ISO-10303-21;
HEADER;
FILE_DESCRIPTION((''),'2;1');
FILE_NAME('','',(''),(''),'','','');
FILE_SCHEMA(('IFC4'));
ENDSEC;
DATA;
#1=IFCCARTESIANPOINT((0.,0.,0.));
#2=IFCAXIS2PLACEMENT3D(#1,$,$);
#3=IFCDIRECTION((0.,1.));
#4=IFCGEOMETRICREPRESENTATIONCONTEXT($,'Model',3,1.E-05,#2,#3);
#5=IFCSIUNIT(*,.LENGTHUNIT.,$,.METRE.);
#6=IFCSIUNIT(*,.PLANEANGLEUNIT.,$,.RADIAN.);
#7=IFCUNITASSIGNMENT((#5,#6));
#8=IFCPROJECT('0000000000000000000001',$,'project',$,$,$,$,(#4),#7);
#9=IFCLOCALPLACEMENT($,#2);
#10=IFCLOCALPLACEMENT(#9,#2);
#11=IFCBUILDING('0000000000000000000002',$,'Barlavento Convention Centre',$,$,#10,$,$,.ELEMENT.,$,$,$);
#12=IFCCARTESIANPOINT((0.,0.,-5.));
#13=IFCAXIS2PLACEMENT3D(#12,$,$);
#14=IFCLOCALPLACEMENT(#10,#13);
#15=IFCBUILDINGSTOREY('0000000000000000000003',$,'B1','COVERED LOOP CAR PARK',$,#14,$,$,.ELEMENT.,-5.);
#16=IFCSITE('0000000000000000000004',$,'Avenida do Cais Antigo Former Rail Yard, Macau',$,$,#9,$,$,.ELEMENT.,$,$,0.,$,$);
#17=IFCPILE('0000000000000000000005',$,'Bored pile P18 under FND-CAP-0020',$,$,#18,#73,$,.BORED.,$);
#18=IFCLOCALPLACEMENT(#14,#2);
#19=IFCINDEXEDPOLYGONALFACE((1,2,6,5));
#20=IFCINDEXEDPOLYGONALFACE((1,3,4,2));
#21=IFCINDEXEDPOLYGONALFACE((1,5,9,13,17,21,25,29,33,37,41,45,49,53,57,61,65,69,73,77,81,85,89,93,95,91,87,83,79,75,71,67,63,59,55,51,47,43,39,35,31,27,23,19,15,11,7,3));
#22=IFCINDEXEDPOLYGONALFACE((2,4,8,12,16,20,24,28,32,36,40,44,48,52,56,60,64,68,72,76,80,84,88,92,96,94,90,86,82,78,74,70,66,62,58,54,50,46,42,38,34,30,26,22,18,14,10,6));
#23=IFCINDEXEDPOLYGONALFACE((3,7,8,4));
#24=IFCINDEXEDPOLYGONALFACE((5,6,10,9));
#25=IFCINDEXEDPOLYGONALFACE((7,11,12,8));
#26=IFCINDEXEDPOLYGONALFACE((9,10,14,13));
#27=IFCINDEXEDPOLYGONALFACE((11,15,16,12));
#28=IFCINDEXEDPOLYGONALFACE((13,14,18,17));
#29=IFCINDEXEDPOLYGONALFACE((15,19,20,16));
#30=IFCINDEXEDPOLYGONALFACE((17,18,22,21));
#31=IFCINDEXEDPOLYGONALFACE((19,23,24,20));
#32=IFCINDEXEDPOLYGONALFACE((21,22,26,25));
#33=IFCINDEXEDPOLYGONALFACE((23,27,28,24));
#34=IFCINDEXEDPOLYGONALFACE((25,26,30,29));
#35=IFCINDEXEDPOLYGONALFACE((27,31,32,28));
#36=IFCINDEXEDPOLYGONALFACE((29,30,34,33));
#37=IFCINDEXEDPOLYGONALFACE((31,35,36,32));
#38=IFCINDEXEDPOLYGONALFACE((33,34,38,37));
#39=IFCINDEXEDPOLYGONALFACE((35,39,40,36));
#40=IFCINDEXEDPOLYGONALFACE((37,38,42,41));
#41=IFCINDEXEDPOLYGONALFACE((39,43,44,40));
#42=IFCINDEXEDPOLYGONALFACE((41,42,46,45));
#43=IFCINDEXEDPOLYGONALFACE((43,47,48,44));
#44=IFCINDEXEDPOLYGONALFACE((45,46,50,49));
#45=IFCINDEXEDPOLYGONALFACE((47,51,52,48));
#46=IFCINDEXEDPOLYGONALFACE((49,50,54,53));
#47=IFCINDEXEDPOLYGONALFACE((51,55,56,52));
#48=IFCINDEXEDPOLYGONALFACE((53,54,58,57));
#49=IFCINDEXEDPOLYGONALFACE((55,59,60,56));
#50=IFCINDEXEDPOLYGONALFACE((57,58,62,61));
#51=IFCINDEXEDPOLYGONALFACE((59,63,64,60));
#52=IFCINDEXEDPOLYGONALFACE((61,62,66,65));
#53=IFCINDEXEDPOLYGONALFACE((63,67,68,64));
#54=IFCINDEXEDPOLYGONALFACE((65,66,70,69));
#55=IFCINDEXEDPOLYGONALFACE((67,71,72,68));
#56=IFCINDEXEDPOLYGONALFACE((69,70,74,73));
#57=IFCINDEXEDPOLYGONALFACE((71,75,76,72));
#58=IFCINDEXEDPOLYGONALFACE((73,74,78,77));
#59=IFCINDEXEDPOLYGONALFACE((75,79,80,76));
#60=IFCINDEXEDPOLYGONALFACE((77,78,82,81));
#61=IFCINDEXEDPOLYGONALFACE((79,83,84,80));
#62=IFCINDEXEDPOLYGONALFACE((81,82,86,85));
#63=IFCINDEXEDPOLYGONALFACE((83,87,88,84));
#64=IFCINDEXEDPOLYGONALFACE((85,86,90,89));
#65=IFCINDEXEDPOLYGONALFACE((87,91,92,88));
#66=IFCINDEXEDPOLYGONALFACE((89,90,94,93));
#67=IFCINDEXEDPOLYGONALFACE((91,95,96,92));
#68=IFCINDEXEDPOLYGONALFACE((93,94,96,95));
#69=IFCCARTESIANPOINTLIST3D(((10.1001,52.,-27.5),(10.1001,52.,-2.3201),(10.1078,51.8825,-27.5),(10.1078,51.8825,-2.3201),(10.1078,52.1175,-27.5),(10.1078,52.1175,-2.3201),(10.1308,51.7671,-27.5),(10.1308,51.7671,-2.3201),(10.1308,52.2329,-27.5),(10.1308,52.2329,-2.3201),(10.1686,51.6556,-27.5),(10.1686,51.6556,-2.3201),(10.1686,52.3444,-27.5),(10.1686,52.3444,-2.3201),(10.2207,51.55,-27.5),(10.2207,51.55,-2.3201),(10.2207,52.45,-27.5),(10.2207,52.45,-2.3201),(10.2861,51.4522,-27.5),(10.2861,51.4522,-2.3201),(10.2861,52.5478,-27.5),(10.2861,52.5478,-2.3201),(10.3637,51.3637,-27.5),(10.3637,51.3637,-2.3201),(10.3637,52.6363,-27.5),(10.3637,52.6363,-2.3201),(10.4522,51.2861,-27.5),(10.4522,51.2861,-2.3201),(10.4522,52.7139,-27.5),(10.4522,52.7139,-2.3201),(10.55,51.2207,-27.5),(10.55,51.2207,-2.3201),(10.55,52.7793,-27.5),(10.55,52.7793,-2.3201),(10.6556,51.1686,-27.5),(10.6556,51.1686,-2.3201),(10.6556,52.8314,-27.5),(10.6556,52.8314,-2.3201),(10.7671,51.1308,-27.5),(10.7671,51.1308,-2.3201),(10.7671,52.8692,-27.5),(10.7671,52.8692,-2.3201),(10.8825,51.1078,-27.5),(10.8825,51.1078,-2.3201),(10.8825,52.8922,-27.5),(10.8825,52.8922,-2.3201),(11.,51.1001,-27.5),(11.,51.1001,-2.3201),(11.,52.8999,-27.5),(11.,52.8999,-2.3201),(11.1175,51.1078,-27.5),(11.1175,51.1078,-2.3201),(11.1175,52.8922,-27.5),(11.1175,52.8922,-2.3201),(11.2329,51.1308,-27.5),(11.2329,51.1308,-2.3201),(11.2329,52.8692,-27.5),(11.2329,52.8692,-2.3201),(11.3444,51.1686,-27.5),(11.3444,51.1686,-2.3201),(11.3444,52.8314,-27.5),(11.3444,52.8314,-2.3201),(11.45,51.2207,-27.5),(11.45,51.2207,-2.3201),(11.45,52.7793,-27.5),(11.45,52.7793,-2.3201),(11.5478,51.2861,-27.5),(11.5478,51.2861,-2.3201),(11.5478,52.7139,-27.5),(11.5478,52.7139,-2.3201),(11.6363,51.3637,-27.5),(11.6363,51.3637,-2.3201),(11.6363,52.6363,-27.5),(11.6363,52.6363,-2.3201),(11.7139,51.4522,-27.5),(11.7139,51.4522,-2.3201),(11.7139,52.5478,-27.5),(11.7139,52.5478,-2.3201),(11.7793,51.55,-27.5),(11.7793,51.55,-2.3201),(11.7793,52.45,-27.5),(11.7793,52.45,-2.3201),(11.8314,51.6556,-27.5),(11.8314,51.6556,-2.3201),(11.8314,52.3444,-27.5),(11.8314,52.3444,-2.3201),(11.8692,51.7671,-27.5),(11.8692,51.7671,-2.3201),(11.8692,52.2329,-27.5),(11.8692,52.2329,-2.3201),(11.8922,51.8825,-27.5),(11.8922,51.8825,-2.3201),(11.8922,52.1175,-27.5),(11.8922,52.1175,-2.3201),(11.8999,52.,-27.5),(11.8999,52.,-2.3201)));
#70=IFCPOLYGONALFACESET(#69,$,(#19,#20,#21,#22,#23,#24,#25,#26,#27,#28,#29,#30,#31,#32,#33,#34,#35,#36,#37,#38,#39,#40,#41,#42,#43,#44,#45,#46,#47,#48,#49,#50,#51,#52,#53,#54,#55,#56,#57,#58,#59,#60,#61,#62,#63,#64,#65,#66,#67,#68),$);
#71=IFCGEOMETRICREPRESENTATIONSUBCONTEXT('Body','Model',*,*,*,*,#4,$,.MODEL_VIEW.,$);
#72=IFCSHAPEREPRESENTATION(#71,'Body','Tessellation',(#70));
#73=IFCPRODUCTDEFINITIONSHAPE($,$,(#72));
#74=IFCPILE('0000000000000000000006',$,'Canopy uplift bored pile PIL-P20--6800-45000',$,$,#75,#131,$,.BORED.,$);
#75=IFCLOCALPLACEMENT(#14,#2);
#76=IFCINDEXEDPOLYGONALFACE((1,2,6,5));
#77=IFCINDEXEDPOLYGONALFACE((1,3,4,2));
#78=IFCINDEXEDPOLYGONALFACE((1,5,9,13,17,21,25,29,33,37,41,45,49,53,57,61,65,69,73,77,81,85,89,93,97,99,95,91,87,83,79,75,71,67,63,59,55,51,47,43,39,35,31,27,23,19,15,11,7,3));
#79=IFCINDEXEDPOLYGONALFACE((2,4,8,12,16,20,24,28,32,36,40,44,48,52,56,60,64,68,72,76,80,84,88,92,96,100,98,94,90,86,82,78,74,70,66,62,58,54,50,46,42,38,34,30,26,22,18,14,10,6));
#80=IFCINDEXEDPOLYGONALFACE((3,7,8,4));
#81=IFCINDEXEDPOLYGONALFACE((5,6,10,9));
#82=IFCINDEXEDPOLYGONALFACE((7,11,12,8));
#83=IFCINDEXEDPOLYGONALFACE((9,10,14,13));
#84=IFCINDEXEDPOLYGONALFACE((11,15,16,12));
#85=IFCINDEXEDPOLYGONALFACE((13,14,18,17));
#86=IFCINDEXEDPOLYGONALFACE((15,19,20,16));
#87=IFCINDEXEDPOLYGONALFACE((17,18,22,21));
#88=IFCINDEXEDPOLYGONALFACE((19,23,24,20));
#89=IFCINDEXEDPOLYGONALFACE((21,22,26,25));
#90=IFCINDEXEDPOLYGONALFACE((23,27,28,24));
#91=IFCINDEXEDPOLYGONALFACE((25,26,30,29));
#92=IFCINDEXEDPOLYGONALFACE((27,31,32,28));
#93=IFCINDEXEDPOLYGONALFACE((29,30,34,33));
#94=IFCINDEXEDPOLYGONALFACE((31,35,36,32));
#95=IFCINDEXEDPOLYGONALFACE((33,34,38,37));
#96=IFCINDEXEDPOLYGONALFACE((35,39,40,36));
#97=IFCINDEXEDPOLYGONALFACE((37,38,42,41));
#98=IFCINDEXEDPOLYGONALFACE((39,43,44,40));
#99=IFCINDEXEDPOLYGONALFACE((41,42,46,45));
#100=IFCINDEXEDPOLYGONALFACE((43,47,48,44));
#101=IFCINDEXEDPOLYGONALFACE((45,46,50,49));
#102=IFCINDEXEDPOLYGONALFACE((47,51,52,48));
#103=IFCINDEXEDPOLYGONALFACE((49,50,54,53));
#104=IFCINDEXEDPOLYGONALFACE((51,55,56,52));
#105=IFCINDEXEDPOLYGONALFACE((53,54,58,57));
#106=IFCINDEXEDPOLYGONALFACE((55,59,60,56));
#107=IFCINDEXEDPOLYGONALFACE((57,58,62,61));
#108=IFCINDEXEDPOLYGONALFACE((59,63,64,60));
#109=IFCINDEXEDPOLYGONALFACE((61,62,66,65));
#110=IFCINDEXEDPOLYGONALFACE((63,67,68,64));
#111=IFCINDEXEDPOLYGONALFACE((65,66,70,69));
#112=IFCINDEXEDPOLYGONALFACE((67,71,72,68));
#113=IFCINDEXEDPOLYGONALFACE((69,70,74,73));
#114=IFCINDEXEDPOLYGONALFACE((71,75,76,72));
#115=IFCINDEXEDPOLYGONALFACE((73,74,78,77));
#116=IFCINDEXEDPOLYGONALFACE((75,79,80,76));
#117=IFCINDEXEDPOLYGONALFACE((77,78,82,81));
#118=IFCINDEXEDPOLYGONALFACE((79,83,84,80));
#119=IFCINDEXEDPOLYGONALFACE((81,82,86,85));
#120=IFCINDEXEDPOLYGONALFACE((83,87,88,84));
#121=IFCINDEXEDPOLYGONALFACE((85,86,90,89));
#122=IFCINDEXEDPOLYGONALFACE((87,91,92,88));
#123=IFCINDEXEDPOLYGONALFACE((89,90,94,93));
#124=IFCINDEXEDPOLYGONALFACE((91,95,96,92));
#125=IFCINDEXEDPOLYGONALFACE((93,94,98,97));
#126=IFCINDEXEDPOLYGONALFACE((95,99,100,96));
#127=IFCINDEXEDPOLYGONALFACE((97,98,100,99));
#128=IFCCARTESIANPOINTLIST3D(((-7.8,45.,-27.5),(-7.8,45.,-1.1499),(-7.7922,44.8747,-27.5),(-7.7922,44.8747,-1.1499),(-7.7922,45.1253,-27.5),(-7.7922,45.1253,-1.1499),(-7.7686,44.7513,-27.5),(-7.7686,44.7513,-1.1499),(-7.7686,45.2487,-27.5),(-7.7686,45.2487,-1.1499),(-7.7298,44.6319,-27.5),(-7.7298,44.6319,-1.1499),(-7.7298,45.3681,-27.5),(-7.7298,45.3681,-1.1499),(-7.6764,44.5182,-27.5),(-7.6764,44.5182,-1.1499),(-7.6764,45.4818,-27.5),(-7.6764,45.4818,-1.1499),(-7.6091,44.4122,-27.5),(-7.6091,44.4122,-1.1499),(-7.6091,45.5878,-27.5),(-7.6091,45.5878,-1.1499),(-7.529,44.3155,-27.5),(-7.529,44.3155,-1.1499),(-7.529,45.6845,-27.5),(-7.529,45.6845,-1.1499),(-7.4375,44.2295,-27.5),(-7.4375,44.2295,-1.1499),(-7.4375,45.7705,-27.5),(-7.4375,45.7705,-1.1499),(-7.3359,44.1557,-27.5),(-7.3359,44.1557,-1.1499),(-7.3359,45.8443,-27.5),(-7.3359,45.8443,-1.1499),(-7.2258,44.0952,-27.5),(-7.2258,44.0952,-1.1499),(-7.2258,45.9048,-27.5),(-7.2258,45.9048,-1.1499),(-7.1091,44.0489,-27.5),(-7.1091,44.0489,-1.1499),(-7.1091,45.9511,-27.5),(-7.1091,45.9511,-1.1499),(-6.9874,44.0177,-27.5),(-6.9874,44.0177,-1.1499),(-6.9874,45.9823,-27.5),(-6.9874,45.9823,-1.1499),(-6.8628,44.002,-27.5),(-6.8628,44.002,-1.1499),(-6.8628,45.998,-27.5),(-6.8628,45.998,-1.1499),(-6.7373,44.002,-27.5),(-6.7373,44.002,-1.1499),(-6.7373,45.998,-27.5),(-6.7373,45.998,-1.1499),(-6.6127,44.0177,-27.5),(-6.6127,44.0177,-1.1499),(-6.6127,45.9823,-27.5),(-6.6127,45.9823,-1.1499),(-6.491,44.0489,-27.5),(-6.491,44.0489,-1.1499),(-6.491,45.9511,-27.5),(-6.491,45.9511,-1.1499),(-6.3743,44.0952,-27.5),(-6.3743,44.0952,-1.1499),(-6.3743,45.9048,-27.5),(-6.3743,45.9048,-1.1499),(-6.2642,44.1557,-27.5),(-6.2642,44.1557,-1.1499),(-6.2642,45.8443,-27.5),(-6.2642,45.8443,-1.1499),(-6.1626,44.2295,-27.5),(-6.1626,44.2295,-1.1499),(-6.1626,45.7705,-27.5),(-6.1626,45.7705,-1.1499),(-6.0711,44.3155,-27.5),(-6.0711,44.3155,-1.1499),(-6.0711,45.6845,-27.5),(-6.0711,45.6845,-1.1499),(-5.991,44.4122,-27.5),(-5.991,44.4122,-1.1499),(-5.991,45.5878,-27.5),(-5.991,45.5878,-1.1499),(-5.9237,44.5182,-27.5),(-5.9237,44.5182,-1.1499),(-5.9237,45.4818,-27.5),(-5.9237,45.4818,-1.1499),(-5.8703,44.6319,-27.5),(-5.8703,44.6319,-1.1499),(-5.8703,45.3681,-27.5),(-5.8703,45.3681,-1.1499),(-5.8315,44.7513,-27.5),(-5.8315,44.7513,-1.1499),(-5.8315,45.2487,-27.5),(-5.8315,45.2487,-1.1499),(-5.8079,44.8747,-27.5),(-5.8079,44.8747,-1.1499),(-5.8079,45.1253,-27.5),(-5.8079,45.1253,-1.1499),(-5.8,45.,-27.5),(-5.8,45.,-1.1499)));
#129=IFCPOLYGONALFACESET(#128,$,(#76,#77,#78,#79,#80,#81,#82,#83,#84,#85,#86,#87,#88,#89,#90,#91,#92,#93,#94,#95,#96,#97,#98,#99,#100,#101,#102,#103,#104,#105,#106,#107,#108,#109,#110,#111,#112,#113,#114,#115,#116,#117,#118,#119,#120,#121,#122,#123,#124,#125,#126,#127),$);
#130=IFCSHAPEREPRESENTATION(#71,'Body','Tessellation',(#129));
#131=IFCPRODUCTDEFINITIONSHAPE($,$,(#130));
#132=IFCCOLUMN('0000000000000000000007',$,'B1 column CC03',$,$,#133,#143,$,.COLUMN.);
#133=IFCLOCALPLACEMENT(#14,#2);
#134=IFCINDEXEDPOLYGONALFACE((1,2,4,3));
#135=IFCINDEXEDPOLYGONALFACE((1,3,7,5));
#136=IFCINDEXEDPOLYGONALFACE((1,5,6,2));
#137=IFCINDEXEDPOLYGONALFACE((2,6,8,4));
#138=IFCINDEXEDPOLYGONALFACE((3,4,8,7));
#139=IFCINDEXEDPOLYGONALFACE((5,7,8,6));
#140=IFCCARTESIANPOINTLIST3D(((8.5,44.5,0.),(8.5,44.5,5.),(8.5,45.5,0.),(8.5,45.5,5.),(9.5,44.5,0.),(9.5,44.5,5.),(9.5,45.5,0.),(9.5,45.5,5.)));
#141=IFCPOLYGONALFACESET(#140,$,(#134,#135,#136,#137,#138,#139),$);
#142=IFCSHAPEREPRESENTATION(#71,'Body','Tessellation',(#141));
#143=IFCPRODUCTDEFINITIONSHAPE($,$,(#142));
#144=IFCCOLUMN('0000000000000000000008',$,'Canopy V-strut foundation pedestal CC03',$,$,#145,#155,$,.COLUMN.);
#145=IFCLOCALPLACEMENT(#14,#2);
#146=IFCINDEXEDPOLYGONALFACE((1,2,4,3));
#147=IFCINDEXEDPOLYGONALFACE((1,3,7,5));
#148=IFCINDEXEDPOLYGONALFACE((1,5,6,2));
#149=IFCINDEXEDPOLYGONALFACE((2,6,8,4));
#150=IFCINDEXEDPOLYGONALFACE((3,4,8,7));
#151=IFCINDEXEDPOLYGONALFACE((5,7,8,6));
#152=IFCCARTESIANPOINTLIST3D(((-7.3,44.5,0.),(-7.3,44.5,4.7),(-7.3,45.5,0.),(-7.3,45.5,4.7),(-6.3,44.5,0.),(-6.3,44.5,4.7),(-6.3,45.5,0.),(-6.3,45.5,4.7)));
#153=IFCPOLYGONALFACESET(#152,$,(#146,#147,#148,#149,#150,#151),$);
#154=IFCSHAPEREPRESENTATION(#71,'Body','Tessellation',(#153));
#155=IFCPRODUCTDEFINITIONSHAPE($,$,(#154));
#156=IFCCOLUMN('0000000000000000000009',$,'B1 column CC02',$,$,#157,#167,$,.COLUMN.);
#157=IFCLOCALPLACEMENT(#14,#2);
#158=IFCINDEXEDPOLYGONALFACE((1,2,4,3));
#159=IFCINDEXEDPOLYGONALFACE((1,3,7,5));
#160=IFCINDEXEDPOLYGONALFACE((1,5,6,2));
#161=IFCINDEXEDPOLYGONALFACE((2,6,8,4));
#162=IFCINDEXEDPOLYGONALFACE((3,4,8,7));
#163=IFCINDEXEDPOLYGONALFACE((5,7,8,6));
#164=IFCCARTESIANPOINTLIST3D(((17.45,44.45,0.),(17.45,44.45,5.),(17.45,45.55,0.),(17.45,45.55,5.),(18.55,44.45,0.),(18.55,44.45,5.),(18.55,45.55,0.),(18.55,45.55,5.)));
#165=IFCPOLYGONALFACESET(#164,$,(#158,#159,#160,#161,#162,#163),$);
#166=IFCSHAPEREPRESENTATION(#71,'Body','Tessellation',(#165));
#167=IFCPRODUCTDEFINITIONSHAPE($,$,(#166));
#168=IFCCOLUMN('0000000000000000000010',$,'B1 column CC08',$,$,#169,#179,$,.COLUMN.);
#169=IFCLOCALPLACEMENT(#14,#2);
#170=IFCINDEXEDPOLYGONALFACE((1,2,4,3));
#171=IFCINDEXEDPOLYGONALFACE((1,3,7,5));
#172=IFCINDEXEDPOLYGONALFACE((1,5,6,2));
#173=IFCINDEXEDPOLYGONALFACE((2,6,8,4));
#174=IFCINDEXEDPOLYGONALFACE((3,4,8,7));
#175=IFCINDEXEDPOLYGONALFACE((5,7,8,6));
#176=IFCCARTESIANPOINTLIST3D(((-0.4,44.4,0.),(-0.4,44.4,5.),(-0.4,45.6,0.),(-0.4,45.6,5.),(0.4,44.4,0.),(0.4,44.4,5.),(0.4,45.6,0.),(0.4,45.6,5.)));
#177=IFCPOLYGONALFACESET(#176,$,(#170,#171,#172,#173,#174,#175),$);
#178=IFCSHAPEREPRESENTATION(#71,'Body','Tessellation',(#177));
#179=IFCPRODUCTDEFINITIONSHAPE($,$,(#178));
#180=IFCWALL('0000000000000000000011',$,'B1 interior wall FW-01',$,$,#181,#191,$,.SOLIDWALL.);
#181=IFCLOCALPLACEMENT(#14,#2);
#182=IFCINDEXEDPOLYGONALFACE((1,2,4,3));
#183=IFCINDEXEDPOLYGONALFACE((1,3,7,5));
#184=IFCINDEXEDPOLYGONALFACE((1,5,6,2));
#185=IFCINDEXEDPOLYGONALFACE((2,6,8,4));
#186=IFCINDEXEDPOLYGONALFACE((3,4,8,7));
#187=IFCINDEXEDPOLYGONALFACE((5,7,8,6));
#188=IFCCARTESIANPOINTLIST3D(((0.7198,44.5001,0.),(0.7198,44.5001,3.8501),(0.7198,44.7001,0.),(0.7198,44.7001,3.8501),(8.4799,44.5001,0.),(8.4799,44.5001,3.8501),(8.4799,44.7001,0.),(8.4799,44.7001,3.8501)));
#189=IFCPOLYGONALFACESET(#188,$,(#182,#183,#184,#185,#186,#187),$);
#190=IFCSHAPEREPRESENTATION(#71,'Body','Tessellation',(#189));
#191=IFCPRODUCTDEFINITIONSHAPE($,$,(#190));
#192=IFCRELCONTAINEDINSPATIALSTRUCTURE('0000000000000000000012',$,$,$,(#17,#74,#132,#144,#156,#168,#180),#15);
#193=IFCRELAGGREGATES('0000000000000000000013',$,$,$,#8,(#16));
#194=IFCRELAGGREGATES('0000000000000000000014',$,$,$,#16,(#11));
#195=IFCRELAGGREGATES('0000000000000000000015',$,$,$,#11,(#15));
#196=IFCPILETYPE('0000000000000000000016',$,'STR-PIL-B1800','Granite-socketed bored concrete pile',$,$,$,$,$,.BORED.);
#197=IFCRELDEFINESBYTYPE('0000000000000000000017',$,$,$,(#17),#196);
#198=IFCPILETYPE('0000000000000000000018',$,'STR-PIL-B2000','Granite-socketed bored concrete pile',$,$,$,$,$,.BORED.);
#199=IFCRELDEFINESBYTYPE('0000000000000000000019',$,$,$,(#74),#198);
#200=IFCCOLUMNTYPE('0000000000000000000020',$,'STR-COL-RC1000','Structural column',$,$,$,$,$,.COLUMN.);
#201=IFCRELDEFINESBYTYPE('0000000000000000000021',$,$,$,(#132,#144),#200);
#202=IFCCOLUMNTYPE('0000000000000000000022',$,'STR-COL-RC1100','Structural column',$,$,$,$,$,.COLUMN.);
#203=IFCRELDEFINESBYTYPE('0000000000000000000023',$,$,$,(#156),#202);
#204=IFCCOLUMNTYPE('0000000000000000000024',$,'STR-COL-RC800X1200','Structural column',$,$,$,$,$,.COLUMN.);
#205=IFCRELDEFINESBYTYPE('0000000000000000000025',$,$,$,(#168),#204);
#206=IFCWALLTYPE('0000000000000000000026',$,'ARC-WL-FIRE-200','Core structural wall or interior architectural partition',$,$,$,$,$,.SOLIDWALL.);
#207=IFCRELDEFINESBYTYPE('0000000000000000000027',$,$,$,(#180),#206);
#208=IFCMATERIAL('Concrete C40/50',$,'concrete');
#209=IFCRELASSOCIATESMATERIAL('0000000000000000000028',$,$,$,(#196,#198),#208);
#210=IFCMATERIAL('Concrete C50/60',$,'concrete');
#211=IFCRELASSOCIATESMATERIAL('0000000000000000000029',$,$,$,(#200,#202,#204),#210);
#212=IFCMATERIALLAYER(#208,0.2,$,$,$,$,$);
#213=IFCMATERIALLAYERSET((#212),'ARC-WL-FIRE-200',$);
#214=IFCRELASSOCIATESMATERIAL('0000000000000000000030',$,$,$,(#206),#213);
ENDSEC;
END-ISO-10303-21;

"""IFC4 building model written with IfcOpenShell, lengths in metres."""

from ifc_helpers import new_model, si_unit, direction, frame, frame_2d, origin, origin_2d, place, context, subcontext, project, spatial, rectangle, circle, extrude, material, layer, layer_set, material_profile, profile_set, type_object, element, save


model = new_model("IFC4")

# Units and contexts
model_context = context("Model", 3, precision=1e-05, world=origin(), true_north=direction((0.0, 1.0)))
body_context = subcontext(model_context, "Body", "Model", "MODEL_VIEW")
ifc_project = project(units=[si_unit("LENGTHUNIT", "METRE"), si_unit("PLANEANGLEUNIT", "RADIAN")], contexts=[model_context])

# Site, building, storey
site_placement = place(None, origin())
site = spatial("IfcSite", under=ifc_project, at=site_placement, Name="Avenida do Cais Antigo Former Rail Yard, Macau", CompositionType="ELEMENT", RefElevation=0.0)
building_placement = place(site_placement, origin())
building = spatial("IfcBuilding", under=site, at=building_placement, Name="Barlavento Convention Centre", CompositionType="ELEMENT")
storey_placement = place(building_placement, frame((0.0, 0.0, -5.0)))
storey = spatial("IfcBuildingStorey", under=building, at=storey_placement, Name="B1", Description="COVERED LOOP CAR PARK", CompositionType="ELEMENT", Elevation=-5.0)

# Shared definitions
ifc_material_1 = material(Name="Concrete C40/50", Category="concrete")

# Piles
ifc_material_profile_1 = material_profile(ifc_material_1, circle(Radius=0.8999, at=origin_2d()), Name="BORED PILE 1800")
ifc_profile_set_1 = profile_set([ifc_material_profile_1], Name="Concrete C40/50")
pile_type_1 = type_object("IfcPileType", Name="STR-PIL-B1800", Description="Granite-socketed bored concrete pile", PredefinedType="BORED", material=ifc_profile_set_1)
for number, where, z_axis, x_axis, name in (
    (1, (11.0, 52.0, -2.3201), (0.0, 0.0, -1.0), (1.0, 0.0, 0.0), "Bored pile P18 under FND-CAP-0020"),
):
    element("IfcPile", number, at=place(storey_placement, frame(where, z_axis=z_axis, x_axis=x_axis)), inside=storey, type_object=pile_type_1, Name=name, PredefinedType="BORED", context=body_context, shape_type="SweptSolid", body=[
        extrude(circle(Radius=0.8999, at=origin_2d()), origin(), (0.0, 0.0, 1.0), 25.1799),
    ])
ifc_material_profile_2 = material_profile(ifc_material_1, circle(Radius=1.0, at=origin_2d()), Name="BORED PILE 2000")
ifc_profile_set_2 = profile_set([ifc_material_profile_2], Name="Concrete C40/50")
pile_type_2 = type_object("IfcPileType", Name="STR-PIL-B2000", Description="Granite-socketed bored concrete pile", PredefinedType="BORED", material=ifc_profile_set_2)
pile_placement = place(storey_placement, frame((-6.8, 45.0, -1.1499), z_axis=(0.0, 0.0, -1.0), x_axis=(1.0, 0.0, 0.0)))
element("IfcPile", 2, at=pile_placement, inside=storey, type_object=pile_type_2, Name="Canopy uplift bored pile PIL-P20--6800-45000", PredefinedType="BORED", context=body_context, shape_type="SweptSolid", body=[
    extrude(circle(Radius=1.0, at=origin_2d()), origin(), (0.0, 0.0, 1.0), 26.3501),
])

# Columns
ifc_material_2 = material(Name="Concrete C50/60", Category="concrete")
ifc_material_profile_3 = material_profile(ifc_material_2, rectangle(XDim=1.0, YDim=1.0, at=origin_2d()), Name="RC 1000x1000")
ifc_profile_set_3 = profile_set([ifc_material_profile_3], Name="Concrete C50/60")
column_type_1 = type_object("IfcColumnType", Name="STR-COL-RC1000", Description="Structural column", PredefinedType="COLUMN", material=ifc_profile_set_3)
column_1_placement = place(storey_placement, frame((9.0, 45.0, 0.0), z_axis=(0.0, 0.0, 1.0), x_axis=(1.0, 0.0, 0.0)))
element("IfcColumn", 3, at=column_1_placement, inside=storey, type_object=column_type_1, Name="B1 column CC03", PredefinedType="COLUMN", context=body_context, shape_type="SweptSolid", body=[
    extrude(rectangle(XDim=1.0, YDim=1.0, at=origin_2d()), origin(), (0.0, 0.0, 1.0), 5.0),
])
column_2_placement = place(storey_placement, frame((-6.8, 45.0, 0.0), z_axis=(0.0, 0.0, 1.0), x_axis=(1.0, 0.0, 0.0)))
element("IfcColumn", 4, at=column_2_placement, inside=storey, type_object=column_type_1, Name="Canopy V-strut foundation pedestal CC03", PredefinedType="COLUMN", context=body_context, shape_type="SweptSolid", body=[
    extrude(rectangle(XDim=1.0, YDim=1.0, at=origin_2d()), origin(), (0.0, 0.0, 1.0), 4.7),
])
ifc_material_profile_4 = material_profile(ifc_material_2, rectangle(XDim=1.1001, YDim=1.1001, at=origin_2d()), Name="RC 1100x1100")
ifc_profile_set_4 = profile_set([ifc_material_profile_4], Name="Concrete C50/60")
column_type_2 = type_object("IfcColumnType", Name="STR-COL-RC1100", Description="Structural column", PredefinedType="COLUMN", material=ifc_profile_set_4)
column_3_placement = place(storey_placement, frame((18.0, 45.0, 0.0), z_axis=(0.0, 0.0, 1.0), x_axis=(1.0, 0.0, 0.0)))
element("IfcColumn", 5, at=column_3_placement, inside=storey, type_object=column_type_2, Name="B1 column CC02", PredefinedType="COLUMN", context=body_context, shape_type="SweptSolid", body=[
    extrude(rectangle(XDim=1.1001, YDim=1.1001, at=origin_2d()), origin(), (0.0, 0.0, 1.0), 5.0),
])
ifc_material_profile_5 = material_profile(ifc_material_2, rectangle(XDim=0.8, YDim=1.2, at=origin_2d()), Name="RC 800x1200")
ifc_profile_set_5 = profile_set([ifc_material_profile_5], Name="Concrete C50/60")
column_type_3 = type_object("IfcColumnType", Name="STR-COL-RC800X1200", Description="Structural column", PredefinedType="COLUMN", material=ifc_profile_set_5)
column_4_placement = place(storey_placement, frame((0.0, 45.0, 0.0), z_axis=(0.0, 0.0, 1.0), x_axis=(1.0, 0.0, 0.0)))
element("IfcColumn", 6, at=column_4_placement, inside=storey, type_object=column_type_3, Name="B1 column CC08", PredefinedType="COLUMN", context=body_context, shape_type="SweptSolid", body=[
    extrude(rectangle(XDim=0.8, YDim=1.2, at=origin_2d()), origin(), (0.0, 0.0, 1.0), 5.0),
])

# Wall
ifc_layer = layer(ifc_material_1, 0.2)
ifc_layer_set = layer_set([ifc_layer], Name="ARC-WL-FIRE-200")
wall_type = type_object("IfcWallType", Name="ARC-WL-FIRE-200", Description="Core structural wall or interior architectural partition", PredefinedType="SOLIDWALL", material=ifc_layer_set)
for number, where, z_axis, x_axis, name in (
    (7, (0.72, 44.6001, 0.0), (0.0, 0.0, 1.0), (1.0, 0.0, 0.0), "B1 interior wall FW-01"),
):
    element("IfcWall", number, at=place(storey_placement, frame(where, z_axis=z_axis, x_axis=x_axis)), inside=storey, type_object=wall_type, Name=name, PredefinedType="SOLIDWALL", context=body_context, shape_type="SweptSolid", body=[
        extrude(rectangle(XDim=7.76, YDim=0.2, at=frame_2d((3.8799, 0.0))), origin(), (0.0, 0.0, 1.0), 3.8501),
    ])

save(model, "model.ifc")
